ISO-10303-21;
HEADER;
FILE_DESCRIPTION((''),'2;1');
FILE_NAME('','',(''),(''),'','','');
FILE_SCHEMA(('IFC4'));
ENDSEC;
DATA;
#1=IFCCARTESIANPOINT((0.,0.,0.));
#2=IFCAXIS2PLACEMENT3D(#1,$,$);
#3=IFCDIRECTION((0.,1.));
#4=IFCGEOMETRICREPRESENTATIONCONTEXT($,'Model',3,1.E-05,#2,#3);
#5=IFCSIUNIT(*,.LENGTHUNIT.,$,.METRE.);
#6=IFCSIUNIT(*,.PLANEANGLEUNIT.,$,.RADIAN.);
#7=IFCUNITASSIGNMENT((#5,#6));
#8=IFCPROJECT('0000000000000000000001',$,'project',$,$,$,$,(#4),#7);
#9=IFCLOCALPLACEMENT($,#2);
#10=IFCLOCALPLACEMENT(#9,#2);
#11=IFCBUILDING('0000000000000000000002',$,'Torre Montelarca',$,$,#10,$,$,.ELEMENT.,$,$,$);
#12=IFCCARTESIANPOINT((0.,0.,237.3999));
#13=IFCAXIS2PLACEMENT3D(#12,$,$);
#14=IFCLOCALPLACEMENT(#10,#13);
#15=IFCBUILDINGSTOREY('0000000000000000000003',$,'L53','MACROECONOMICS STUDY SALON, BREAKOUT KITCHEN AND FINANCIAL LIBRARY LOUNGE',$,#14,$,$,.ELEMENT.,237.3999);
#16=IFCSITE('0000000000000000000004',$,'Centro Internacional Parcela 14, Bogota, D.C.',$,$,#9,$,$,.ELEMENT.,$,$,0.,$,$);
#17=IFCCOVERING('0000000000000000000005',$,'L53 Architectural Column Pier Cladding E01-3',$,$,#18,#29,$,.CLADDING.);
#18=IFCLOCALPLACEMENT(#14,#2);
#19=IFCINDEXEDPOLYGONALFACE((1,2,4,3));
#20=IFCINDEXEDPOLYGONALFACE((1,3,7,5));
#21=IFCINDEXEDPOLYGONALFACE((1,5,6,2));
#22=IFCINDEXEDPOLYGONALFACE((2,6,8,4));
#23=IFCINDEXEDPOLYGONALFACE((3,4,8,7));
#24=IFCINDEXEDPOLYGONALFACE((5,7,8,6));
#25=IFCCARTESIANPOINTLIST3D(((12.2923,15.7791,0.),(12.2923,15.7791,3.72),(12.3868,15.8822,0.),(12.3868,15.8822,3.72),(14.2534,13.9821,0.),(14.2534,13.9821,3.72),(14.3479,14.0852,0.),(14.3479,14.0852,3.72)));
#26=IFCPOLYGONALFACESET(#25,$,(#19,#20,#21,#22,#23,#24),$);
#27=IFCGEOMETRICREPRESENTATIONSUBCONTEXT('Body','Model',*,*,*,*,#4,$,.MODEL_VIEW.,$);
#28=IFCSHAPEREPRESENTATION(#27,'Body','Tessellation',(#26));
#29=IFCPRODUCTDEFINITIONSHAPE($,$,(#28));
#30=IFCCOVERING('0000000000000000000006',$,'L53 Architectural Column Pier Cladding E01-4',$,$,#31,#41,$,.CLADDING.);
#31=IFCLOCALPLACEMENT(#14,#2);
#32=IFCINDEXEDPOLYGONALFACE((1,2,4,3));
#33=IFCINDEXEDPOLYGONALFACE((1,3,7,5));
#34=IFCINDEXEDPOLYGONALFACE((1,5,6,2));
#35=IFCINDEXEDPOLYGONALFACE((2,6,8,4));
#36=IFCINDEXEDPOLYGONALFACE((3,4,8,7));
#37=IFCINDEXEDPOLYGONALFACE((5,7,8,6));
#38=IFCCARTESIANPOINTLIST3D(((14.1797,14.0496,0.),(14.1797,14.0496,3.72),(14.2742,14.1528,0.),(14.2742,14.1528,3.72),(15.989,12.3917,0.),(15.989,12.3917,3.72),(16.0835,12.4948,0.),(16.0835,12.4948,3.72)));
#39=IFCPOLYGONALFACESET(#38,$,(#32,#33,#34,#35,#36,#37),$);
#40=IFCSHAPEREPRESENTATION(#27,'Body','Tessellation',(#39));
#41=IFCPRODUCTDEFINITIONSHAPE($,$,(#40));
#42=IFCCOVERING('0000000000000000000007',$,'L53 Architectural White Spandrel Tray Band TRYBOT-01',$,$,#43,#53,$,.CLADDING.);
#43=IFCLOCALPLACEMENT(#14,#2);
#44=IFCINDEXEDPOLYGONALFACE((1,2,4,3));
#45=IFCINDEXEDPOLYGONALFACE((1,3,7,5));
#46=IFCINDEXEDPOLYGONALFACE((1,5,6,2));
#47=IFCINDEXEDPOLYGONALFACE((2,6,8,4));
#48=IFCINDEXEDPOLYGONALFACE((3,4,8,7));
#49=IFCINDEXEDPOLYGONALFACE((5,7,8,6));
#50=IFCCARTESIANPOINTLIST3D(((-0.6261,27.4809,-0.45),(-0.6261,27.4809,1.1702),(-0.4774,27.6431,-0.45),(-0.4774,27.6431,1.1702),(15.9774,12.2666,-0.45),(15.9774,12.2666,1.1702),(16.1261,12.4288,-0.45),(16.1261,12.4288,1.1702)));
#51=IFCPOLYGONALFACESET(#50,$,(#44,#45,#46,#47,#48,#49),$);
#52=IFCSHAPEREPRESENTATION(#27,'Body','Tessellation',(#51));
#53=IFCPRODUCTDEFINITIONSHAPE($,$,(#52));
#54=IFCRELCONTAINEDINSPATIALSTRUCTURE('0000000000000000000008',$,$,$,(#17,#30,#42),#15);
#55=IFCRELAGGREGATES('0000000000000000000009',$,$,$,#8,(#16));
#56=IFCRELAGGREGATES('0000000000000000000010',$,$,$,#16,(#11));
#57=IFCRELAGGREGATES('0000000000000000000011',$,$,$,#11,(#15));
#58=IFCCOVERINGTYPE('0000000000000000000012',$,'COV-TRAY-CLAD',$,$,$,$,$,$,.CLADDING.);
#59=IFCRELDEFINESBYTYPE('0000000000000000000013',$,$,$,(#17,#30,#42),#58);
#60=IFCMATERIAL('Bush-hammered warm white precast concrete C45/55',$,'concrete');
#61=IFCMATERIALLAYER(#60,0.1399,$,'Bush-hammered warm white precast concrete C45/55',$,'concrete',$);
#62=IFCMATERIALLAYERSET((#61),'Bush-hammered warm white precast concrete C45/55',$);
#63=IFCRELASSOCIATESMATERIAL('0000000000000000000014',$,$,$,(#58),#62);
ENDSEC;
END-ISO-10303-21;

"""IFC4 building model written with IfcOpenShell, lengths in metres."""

from ifc_helpers import new_model, si_unit, direction, frame, origin, origin_2d, place, context, subcontext, project, spatial, rectangle, extrude, source, transform, mapped, material, layer, layer_set, type_object, element, save


model = new_model("IFC4")

# Units and contexts
model_context = context("Model", 3, precision=1e-05, world=origin(), true_north=direction((0.0, 1.0)))
body_context = subcontext(model_context, "Body", "Model", "MODEL_VIEW")
ifc_project = project(units=[si_unit("LENGTHUNIT", "METRE"), si_unit("PLANEANGLEUNIT", "RADIAN")], contexts=[model_context])

# Site, building, storey
site_placement = place(None, origin())
site = spatial("IfcSite", under=ifc_project, at=site_placement, Name="Centro Internacional Parcela 14, Bogota, D.C.", CompositionType="ELEMENT", RefElevation=0.0)
building_placement = place(site_placement, origin())
building = spatial("IfcBuilding", under=site, at=building_placement, Name="Torre Montelarca", CompositionType="ELEMENT")
storey_placement = place(building_placement, frame((0.0, 0.0, 237.3999)))
storey = spatial("IfcBuildingStorey", under=building, at=storey_placement, Name="L53", Description="MACROECONOMICS STUDY SALON, BREAKOUT KITCHEN AND FINANCIAL LIBRARY LOUNGE", CompositionType="ELEMENT", Elevation=237.3999)

# Coverings
ifc_material_1 = material(Name="Bush-hammered warm white precast concrete C45/55", Category="concrete")
ifc_layer_1 = layer(ifc_material_1, 0.1399, Name="Bush-hammered warm white precast concrete C45/55", Category="concrete")
ifc_layer_set_1 = layer_set([ifc_layer_1], Name="Bush-hammered warm white precast concrete C45/55")
covering_type = type_object("IfcCoveringType", Name="COV-TRAY-CLAD", PredefinedType="CLADDING", material=ifc_layer_set_1)
shared_shape_1 = source(origin(), body_context, "Body", "SweptSolid", [
    extrude(rectangle(XDim=2.6599, YDim=0.1399, at=origin_2d()), origin(), (0.0, 0.0, 1.0), 3.72),
])
for number, where, z_axis, x_axis, name in (
    (1, (13.3201, 14.9321, 0.0), (0.0, 0.0, 1.0), (0.737277, -0.67559, 0.0), "L53 Architectural Column Pier Cladding E01-3"),
):
    element("IfcCovering", number, at=place(storey_placement, frame(where, z_axis=z_axis, x_axis=x_axis)), inside=storey, type_object=covering_type, Name=name, PredefinedType="CLADDING", context=body_context, shape_type="MappedRepresentation", body=[
        mapped(shared_shape_1, transform((0.0, 0.0, 0.0), scale=1.0)),
    ])
shared_shape_2 = source(origin(), body_context, "Body", "SweptSolid", [
    extrude(rectangle(XDim=2.4541, YDim=0.1399, at=origin_2d()), origin(), (0.0, 0.0, 1.0), 3.72),
])
covering_1_placement = place(storey_placement, frame((15.1316, 13.2722, 0.0), z_axis=(0.0, 0.0, 1.0), x_axis=(0.737277, -0.67559, 0.0)))
element("IfcCovering", 2, at=covering_1_placement, inside=storey, type_object=covering_type, Name="L53 Architectural Column Pier Cladding E01-4", PredefinedType="CLADDING", context=body_context, shape_type="MappedRepresentation", body=[
    mapped(shared_shape_2, transform((0.0, 0.0, 0.0), scale=1.0)),
])
shared_shape_3 = source(origin(), body_context, "Body", "SweptSolid", [
    extrude(rectangle(XDim=22.52, YDim=0.22, at=origin_2d()), origin(), (0.0, 0.0, 1.0), 1.6201),
])
covering_2_placement = place(storey_placement, frame((7.75, 19.9548, -0.45), z_axis=(0.0, 0.0, 1.0), x_axis=(0.737277, -0.67559, 0.0)))
element("IfcCovering", 3, at=covering_2_placement, inside=storey, type_object=covering_type, Name="L53 Architectural White Spandrel Tray Band TRYBOT-01", PredefinedType="CLADDING", context=body_context, shape_type="MappedRepresentation", body=[
    mapped(shared_shape_3, transform((0.0, 0.0, 0.0), scale=1.0)),
])

save(model, "model.ifc")
